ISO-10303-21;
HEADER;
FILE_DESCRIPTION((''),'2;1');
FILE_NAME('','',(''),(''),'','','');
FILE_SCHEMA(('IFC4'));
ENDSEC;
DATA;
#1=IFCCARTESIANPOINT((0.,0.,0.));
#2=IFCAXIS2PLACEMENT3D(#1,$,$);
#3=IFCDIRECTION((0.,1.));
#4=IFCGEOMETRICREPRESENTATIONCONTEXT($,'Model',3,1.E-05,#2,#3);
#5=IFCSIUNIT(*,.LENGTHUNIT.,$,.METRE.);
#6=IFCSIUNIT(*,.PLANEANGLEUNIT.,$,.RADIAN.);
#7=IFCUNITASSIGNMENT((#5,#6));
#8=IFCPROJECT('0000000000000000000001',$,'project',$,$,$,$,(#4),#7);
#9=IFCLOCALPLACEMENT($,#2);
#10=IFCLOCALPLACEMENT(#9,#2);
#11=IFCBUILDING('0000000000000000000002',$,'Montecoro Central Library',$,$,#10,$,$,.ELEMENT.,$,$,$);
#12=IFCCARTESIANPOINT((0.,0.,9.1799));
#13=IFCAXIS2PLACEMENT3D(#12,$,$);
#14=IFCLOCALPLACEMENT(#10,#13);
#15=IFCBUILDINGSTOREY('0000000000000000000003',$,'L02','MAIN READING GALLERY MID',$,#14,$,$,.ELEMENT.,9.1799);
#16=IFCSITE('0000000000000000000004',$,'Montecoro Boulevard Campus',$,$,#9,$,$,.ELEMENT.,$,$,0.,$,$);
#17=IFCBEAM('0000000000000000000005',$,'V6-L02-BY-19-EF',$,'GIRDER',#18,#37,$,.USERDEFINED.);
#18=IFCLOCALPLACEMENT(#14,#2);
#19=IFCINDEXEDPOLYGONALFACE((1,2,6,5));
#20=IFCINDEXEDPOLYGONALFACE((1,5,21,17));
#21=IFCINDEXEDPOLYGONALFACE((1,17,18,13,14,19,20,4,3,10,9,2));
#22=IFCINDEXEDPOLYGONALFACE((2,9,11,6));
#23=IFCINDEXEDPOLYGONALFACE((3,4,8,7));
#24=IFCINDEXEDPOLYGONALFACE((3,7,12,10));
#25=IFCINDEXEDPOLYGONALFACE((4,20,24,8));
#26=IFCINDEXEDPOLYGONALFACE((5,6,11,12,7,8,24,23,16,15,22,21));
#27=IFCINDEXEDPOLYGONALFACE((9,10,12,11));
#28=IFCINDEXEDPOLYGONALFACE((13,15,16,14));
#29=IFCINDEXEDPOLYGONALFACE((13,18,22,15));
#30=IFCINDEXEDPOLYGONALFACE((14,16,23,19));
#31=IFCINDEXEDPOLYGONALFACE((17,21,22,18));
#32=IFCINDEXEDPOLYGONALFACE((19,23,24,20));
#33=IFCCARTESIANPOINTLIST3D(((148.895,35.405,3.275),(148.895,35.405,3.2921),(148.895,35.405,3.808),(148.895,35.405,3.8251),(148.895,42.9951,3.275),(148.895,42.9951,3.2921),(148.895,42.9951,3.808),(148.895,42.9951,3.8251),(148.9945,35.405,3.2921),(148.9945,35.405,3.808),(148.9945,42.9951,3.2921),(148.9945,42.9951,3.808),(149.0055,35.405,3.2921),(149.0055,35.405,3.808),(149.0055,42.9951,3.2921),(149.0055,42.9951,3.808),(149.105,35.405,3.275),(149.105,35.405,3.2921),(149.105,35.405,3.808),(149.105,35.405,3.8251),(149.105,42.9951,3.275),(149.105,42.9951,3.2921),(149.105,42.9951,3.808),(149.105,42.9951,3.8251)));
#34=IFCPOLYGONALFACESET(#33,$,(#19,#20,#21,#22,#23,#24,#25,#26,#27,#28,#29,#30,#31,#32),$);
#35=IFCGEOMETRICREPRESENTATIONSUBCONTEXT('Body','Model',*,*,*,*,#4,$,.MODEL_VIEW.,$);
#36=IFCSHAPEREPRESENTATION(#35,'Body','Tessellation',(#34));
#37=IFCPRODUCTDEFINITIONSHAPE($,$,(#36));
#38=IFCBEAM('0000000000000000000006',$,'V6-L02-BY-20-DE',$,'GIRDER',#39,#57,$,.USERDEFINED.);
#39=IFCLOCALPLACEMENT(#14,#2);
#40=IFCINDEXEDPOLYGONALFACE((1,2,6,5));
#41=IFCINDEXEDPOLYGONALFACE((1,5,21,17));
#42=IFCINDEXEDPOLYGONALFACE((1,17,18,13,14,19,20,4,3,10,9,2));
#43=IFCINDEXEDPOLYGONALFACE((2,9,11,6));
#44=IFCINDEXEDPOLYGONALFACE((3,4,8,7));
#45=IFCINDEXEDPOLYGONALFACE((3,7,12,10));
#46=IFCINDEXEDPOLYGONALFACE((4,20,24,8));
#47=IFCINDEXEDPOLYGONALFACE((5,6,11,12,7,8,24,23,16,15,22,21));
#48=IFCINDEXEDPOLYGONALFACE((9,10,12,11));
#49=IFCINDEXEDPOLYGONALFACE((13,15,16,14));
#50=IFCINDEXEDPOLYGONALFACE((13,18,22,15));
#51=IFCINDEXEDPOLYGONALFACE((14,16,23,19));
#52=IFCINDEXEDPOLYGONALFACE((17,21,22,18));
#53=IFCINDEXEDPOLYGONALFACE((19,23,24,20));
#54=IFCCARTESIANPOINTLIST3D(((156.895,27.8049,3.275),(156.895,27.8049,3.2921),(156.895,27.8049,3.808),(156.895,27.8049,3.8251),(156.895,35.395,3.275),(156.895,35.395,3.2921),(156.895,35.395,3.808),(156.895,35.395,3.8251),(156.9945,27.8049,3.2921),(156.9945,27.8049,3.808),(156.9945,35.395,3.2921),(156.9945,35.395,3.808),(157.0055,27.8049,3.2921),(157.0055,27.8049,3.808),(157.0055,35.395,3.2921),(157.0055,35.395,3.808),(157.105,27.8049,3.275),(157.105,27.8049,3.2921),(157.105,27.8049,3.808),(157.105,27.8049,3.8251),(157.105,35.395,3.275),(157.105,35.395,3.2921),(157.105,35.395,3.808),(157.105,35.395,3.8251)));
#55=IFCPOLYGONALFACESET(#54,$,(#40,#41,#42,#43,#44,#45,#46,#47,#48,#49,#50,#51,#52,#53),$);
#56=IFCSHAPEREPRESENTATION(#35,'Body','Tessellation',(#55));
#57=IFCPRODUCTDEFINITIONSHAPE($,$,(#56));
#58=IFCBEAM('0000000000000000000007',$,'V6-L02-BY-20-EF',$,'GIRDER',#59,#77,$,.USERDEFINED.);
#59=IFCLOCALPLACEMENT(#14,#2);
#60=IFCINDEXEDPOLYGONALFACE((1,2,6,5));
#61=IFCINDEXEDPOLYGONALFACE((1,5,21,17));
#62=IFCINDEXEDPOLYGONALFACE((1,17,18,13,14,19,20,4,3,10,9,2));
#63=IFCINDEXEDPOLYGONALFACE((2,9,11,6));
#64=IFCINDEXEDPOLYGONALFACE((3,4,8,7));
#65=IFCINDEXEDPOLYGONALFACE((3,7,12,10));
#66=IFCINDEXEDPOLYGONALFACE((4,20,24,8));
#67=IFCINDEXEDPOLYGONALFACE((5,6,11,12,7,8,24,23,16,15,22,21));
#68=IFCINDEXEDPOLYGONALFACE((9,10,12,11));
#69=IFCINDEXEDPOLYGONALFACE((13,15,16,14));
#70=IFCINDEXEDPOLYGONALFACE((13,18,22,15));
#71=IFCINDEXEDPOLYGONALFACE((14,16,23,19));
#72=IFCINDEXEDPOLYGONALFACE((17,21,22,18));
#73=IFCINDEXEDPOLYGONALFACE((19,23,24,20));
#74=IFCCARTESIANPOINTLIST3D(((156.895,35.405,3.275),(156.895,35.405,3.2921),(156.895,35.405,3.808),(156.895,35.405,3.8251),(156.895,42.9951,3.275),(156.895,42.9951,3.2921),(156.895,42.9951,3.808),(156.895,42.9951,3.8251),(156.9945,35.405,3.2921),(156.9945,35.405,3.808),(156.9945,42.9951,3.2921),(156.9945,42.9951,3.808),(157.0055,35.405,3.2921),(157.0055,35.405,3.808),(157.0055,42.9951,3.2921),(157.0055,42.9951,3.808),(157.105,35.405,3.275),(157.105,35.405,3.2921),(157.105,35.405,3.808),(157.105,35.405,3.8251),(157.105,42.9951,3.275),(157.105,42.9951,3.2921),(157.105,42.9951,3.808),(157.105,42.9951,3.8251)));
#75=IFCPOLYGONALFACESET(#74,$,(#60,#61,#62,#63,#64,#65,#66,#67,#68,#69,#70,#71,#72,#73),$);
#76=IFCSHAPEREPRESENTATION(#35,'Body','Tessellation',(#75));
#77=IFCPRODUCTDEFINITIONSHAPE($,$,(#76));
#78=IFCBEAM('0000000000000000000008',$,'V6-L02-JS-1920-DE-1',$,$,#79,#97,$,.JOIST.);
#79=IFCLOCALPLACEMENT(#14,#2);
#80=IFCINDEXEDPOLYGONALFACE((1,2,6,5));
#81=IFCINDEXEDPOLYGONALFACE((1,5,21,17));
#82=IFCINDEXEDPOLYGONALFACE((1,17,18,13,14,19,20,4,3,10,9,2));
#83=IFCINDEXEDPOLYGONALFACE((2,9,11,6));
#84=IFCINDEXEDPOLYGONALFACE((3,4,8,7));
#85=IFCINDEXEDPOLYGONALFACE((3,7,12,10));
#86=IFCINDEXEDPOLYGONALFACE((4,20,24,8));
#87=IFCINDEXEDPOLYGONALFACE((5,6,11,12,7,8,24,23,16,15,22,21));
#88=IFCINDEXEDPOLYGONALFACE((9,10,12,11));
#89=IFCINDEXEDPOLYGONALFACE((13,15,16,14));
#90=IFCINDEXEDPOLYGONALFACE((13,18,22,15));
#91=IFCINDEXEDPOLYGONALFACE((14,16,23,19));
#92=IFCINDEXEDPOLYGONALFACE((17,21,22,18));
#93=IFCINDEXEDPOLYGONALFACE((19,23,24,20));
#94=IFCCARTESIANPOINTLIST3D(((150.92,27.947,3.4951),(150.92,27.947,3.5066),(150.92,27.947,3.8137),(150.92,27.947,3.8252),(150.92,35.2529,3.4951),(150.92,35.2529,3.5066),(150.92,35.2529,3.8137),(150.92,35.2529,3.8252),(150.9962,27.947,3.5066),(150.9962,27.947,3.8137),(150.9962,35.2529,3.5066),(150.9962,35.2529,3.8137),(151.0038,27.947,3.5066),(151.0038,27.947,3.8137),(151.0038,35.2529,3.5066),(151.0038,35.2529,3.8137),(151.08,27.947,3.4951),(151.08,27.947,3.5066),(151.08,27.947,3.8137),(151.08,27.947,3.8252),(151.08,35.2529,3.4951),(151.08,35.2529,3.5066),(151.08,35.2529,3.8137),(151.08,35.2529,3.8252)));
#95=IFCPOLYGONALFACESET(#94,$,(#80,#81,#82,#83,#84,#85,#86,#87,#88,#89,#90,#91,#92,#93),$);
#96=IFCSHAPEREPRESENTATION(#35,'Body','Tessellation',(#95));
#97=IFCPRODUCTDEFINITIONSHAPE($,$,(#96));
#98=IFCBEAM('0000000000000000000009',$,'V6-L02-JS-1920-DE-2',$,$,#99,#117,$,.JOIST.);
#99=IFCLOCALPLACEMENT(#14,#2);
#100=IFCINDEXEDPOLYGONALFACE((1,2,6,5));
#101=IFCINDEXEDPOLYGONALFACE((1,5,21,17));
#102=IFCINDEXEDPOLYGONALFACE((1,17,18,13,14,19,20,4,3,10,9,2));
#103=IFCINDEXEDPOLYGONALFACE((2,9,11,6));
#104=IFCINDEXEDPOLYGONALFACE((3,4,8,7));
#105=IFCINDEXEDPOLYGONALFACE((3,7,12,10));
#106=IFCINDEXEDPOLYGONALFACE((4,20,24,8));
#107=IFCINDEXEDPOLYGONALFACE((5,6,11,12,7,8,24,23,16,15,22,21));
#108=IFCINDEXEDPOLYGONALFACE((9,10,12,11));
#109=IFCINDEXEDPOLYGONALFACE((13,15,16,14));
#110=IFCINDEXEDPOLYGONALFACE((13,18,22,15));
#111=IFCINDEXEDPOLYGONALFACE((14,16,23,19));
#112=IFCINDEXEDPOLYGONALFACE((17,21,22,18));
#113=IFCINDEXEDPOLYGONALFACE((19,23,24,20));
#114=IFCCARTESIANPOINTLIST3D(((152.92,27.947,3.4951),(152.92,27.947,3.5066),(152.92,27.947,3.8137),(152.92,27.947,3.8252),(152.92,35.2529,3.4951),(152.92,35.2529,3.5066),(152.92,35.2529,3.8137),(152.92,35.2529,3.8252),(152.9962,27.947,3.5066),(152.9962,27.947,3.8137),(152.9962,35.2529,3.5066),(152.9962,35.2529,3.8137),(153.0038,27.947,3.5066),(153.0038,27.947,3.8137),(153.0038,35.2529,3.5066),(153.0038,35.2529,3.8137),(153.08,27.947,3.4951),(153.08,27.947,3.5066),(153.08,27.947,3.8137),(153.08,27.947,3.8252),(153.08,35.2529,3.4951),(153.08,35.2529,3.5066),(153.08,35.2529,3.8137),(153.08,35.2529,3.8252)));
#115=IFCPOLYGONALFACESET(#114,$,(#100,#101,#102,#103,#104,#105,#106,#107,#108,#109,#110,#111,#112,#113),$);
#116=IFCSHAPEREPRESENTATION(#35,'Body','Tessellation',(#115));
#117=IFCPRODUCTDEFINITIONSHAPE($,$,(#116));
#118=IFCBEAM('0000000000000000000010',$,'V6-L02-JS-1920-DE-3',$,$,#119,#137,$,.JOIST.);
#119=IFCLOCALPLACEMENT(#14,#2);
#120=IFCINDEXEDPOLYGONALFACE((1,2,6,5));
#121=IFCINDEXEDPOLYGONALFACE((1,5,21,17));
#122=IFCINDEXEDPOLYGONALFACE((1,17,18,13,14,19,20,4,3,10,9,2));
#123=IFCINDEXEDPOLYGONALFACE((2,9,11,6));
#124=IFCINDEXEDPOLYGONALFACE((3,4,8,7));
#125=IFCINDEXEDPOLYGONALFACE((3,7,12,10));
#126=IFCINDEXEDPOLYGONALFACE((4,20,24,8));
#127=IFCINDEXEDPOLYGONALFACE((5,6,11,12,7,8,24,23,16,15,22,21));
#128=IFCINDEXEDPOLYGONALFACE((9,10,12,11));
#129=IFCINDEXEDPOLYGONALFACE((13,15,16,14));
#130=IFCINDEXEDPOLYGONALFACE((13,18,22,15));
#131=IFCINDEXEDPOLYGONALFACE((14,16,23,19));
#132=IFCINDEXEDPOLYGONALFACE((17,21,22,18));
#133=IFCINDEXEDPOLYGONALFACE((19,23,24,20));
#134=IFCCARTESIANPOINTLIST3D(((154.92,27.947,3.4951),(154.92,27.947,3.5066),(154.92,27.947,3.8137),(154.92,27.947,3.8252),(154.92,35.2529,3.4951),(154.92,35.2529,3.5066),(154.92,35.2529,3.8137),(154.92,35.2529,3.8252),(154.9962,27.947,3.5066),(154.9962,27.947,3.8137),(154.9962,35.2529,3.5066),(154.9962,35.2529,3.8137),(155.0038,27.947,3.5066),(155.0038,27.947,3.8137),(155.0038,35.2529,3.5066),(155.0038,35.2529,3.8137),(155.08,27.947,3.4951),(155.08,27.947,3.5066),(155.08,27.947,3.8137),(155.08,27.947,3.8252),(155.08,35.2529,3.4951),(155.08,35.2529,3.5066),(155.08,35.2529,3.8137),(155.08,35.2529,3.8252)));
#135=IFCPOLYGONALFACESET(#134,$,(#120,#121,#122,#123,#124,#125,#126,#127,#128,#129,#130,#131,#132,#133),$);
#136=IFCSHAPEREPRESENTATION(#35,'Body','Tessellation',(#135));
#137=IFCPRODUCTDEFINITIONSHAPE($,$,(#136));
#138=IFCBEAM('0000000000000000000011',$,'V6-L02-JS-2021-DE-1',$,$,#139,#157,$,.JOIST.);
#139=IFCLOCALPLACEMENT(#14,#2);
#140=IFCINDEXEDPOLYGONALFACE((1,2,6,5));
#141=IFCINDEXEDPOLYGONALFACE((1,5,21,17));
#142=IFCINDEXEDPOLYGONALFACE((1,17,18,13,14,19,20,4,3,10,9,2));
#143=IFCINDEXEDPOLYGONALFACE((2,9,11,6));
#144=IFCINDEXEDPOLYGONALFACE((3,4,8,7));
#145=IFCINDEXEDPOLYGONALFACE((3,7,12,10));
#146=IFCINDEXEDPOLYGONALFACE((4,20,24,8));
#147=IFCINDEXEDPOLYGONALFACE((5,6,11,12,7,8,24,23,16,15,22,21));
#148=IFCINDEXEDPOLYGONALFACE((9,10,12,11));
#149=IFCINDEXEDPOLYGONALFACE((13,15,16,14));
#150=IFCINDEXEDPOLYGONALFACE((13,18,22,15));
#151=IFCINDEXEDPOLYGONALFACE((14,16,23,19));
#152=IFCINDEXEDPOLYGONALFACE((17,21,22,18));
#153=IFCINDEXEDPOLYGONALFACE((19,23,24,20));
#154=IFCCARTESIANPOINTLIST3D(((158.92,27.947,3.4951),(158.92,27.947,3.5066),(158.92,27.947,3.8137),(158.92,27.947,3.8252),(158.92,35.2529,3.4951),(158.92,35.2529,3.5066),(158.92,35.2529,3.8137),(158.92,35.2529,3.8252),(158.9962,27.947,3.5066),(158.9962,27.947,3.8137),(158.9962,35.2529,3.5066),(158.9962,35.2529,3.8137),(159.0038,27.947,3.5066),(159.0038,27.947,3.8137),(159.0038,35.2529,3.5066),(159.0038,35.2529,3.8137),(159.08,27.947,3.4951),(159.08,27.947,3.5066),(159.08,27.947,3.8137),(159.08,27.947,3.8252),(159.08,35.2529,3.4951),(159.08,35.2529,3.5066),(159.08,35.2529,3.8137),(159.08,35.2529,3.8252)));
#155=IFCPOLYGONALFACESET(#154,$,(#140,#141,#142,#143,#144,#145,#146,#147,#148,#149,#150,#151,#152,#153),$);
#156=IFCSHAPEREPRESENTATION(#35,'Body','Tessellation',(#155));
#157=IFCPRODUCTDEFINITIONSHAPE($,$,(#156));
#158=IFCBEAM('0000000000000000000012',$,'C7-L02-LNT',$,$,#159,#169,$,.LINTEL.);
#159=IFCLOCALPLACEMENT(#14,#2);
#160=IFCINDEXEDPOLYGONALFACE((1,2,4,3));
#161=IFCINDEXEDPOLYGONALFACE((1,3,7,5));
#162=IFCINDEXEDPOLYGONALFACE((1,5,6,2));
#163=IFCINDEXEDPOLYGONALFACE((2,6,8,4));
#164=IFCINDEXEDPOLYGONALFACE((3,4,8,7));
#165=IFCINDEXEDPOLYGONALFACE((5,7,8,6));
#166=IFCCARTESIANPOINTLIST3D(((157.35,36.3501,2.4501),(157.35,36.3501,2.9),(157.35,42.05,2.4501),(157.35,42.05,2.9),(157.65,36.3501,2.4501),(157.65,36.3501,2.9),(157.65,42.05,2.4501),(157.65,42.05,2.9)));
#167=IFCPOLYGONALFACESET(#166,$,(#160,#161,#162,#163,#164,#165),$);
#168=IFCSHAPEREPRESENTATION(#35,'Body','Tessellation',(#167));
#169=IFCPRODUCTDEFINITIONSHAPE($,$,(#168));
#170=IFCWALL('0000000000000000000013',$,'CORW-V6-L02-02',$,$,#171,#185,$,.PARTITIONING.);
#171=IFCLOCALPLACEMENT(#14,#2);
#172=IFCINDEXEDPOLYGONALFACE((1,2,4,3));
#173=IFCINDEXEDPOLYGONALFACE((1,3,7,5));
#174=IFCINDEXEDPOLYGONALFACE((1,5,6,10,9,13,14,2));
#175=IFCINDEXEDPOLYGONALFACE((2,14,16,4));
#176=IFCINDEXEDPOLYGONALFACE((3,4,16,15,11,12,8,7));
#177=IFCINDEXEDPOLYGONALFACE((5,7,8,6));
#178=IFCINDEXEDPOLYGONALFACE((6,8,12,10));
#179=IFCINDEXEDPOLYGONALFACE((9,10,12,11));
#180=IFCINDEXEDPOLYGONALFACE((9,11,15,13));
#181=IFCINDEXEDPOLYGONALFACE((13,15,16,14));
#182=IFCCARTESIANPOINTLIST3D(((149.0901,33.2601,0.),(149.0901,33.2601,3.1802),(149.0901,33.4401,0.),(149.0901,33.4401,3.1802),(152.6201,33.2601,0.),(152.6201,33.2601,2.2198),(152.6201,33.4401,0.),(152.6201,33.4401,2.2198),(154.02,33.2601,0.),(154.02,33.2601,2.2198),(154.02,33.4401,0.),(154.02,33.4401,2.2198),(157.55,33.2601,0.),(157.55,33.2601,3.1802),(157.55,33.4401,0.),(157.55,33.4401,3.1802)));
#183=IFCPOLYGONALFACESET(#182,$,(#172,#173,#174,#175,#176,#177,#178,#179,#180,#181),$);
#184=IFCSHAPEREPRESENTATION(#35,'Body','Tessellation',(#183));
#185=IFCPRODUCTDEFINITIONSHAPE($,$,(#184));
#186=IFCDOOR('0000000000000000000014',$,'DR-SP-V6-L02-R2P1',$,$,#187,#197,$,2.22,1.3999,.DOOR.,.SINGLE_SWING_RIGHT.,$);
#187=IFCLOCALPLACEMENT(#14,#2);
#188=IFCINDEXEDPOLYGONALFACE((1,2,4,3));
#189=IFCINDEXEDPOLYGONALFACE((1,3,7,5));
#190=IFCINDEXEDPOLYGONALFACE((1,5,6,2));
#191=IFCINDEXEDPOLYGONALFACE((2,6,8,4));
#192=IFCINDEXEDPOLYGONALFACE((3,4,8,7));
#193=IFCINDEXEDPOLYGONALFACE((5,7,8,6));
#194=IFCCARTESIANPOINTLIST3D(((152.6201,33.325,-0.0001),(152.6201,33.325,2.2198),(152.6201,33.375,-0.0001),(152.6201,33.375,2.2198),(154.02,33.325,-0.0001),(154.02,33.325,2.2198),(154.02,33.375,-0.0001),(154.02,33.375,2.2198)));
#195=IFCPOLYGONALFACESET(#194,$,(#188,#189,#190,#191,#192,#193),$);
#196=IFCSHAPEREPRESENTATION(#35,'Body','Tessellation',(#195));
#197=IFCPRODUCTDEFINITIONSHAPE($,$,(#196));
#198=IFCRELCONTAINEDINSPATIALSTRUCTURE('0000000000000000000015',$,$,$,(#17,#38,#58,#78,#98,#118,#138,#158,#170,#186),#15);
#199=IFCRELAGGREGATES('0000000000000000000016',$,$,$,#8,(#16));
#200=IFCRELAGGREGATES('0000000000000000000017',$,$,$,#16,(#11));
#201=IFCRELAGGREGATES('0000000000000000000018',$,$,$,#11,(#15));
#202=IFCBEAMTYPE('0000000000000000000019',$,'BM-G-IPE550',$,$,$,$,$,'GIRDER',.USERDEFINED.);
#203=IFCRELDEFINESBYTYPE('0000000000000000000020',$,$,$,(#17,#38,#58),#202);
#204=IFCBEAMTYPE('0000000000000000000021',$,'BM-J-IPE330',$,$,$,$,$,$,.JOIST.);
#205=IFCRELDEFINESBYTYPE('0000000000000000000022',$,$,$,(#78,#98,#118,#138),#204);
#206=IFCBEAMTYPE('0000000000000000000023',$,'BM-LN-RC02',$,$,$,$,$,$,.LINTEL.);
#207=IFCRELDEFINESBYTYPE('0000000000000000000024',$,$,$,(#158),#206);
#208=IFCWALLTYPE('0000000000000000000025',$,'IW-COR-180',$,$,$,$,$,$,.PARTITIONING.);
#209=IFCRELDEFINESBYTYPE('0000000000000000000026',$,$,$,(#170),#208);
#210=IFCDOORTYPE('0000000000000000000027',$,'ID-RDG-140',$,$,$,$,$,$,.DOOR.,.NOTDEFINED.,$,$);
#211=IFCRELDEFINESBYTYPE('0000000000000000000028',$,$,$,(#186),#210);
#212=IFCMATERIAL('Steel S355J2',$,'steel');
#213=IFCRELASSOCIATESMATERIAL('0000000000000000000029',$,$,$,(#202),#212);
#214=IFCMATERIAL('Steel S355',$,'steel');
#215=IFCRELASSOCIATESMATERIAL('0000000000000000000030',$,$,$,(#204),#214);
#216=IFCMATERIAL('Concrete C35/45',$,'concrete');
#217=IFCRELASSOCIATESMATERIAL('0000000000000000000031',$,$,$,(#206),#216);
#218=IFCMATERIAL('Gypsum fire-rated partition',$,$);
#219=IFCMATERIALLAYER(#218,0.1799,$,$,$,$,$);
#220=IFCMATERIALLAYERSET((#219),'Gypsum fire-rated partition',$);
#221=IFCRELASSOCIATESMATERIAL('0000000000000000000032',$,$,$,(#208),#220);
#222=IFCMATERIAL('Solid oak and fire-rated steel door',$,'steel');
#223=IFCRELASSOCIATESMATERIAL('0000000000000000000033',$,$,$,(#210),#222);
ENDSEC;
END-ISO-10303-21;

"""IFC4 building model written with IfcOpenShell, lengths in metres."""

from ifc_helpers import new_model, si_unit, direction, frame, frame_2d, origin, origin_2d, place, context, subcontext, project, spatial, rectangle, i_section, extrude, material, layer, layer_set, material_profile, profile_set, type_object, element, fill, save


model = new_model("IFC4")

# Units and contexts
model_context = context("Model", 3, precision=1e-05, world=origin(), true_north=direction((0.0, 1.0)))
body_context = subcontext(model_context, "Body", "Model", "MODEL_VIEW")
ifc_project = project(units=[si_unit("LENGTHUNIT", "METRE"), si_unit("PLANEANGLEUNIT", "RADIAN")], contexts=[model_context])

# Site, building, storey
site_placement = place(None, origin())
site = spatial("IfcSite", under=ifc_project, at=site_placement, Name="Montecoro Boulevard Campus", CompositionType="ELEMENT", RefElevation=0.0)
building_placement = place(site_placement, origin())
building = spatial("IfcBuilding", under=site, at=building_placement, Name="Montecoro Central Library", CompositionType="ELEMENT")
storey_placement = place(building_placement, frame((0.0, 0.0, 9.1799)))
storey = spatial("IfcBuildingStorey", under=building, at=storey_placement, Name="L02", Description="MAIN READING GALLERY MID", CompositionType="ELEMENT", Elevation=9.1799)

# Shared definitions
ifc_material_1 = material(Name="Steel S355", Category="steel")

# Beams
ifc_material_2 = material(Name="Steel S355J2", Category="steel")
ifc_material_profile_1 = material_profile(ifc_material_2, i_section(OverallWidth=0.21, OverallDepth=0.55, WebThickness=0.011, FlangeThickness=0.0171, at=origin_2d()), Name="IPE 550")
ifc_profile_set_1 = profile_set([ifc_material_profile_1], Name="Steel S355J2")
beam_type_1 = type_object("IfcBeamType", Name="BM-G-IPE550", ElementType="GIRDER", PredefinedType="USERDEFINED", material=ifc_profile_set_1)
for number, where, z_axis, x_axis, name in (
    (1, (149.0, 35.405, 3.55), (0.0, 1.0, 0.0), (-1.0, 0.0, 0.0), "V6-L02-BY-19-EF"),
    (2, (157.0, 27.8049, 3.55), (0.0, 1.0, 0.0), (-1.0, 0.0, 0.0), "V6-L02-BY-20-DE"),
    (3, (157.0, 35.405, 3.55), (0.0, 1.0, 0.0), (-1.0, 0.0, 0.0), "V6-L02-BY-20-EF"),
):
    element("IfcBeam", number, at=place(storey_placement, frame(where, z_axis=z_axis, x_axis=x_axis)), inside=storey, type_object=beam_type_1, Name=name, ObjectType="GIRDER", PredefinedType="USERDEFINED", context=body_context, shape_type="SweptSolid", body=[
        extrude(i_section(OverallWidth=0.21, OverallDepth=0.55, WebThickness=0.011, FlangeThickness=0.0171, at=origin_2d()), origin(), (0.0, 0.0, 1.0), 7.5901),
    ])
ifc_material_profile_2 = material_profile(ifc_material_1, i_section(OverallWidth=0.1599, OverallDepth=0.3301, WebThickness=0.0076, FlangeThickness=0.0115, at=origin_2d()), Name="IPE 330")
ifc_profile_set_2 = profile_set([ifc_material_profile_2], Name="Steel S355")
beam_type_2 = type_object("IfcBeamType", Name="BM-J-IPE330", PredefinedType="JOIST", material=ifc_profile_set_2)
for number, where, z_axis, x_axis, name in (
    (4, (151.0, 27.947, 3.6602), (0.0, 1.0, 0.0), (-1.0, 0.0, 0.0), "V6-L02-JS-1920-DE-1"),
    (5, (153.0, 27.947, 3.6602), (0.0, 1.0, 0.0), (-1.0, 0.0, 0.0), "V6-L02-JS-1920-DE-2"),
    (6, (155.0, 27.947, 3.6602), (0.0, 1.0, 0.0), (-1.0, 0.0, 0.0), "V6-L02-JS-1920-DE-3"),
    (7, (159.0, 27.947, 3.6602), (0.0, 1.0, 0.0), (-1.0, 0.0, 0.0), "V6-L02-JS-2021-DE-1"),
):
    element("IfcBeam", number, at=place(storey_placement, frame(where, z_axis=z_axis, x_axis=x_axis)), inside=storey, type_object=beam_type_2, Name=name, PredefinedType="JOIST", context=body_context, shape_type="SweptSolid", body=[
        extrude(i_section(OverallWidth=0.1599, OverallDepth=0.3301, WebThickness=0.0076, FlangeThickness=0.0115, at=origin_2d()), origin(), (0.0, 0.0, 1.0), 7.3059),
    ])
ifc_material_3 = material(Name="Concrete C35/45", Category="concrete")
ifc_material_profile_3 = material_profile(ifc_material_3, rectangle(XDim=0.3, YDim=0.45, at=origin_2d()), Name="RC LNT 450x300")
ifc_profile_set_3 = profile_set([ifc_material_profile_3], Name="Concrete C35/45")
beam_type_3 = type_object("IfcBeamType", Name="BM-LN-RC02", PredefinedType="LINTEL", material=ifc_profile_set_3)
beam_placement = place(storey_placement, frame((157.5, 36.3501, 2.675), z_axis=(0.0, 1.0, 0.0), x_axis=(-1.0, 0.0, 0.0)))
element("IfcBeam", 8, at=beam_placement, inside=storey, type_object=beam_type_3, Name="C7-L02-LNT", PredefinedType="LINTEL", context=body_context, shape_type="SweptSolid", body=[
    extrude(rectangle(XDim=0.3, YDim=0.45, at=origin_2d()), origin(), (0.0, 0.0, 1.0), 5.7),
])

# Wall, opening, door
ifc_material_4 = material(Name="Gypsum fire-rated partition")
ifc_layer_1 = layer(ifc_material_4, 0.1799)
ifc_layer_set_1 = layer_set([ifc_layer_1], Name="Gypsum fire-rated partition")
wall_type_1 = type_object("IfcWallType", Name="IW-COR-180", PredefinedType="PARTITIONING", material=ifc_layer_set_1)
wall_1_placement = place(storey_placement, frame((149.0901, 33.3501, 0.0), z_axis=(0.0, 0.0, 1.0), x_axis=(1.0, 0.0, 0.0)))
wall_1 = element("IfcWall", 9, at=wall_1_placement, inside=storey, type_object=wall_type_1, Name="CORW-V6-L02-02", PredefinedType="PARTITIONING", context=body_context, shape_type="SweptSolid", body=[
    extrude(rectangle(XDim=8.46, YDim=0.1799, at=frame_2d((4.23, 0.0))), origin(), (0.0, 0.0, 1.0), 3.1802),
])
opening_1_placement = place(wall_1_placement, frame((3.53, 0.0, 0.0)))
opening_1 = element("IfcOpeningElement", 10, at=opening_1_placement, cuts=wall_1, PredefinedType="OPENING", context=body_context, shape_type="SweptSolid", body=[
    extrude(rectangle(XDim=1.3999, YDim=2.22, at=frame_2d((0.7, 1.1099))), frame((0.0, 0.0999, 0.0), z_axis=(0.0, -1.0, 0.0), x_axis=(1.0, 0.0, 0.0)), (0.0, 0.0, 1.0), 0.2),
])
ifc_material_5 = material(Name="Solid oak and fire-rated steel door", Category="steel")
door_type_1 = type_object("IfcDoorType", Name="ID-RDG-140", OperationType="NOTDEFINED", PredefinedType="DOOR", material=ifc_material_5)
door_1_placement = place(opening_1_placement, origin())
door_1 = element("IfcDoor", 11, at=door_1_placement, inside=storey, type_object=door_type_1, Name="DR-SP-V6-L02-R2P1", OperationType="SINGLE_SWING_RIGHT", OverallHeight=2.22, OverallWidth=1.3999, PredefinedType="DOOR", context=body_context, shape_type="SweptSolid", body=[
    extrude(rectangle(XDim=1.3999, YDim=2.22, at=frame_2d((0.7, 1.1099))), frame((0.0, 0.0249, 0.0), z_axis=(0.0, -1.0, 0.0), x_axis=(1.0, 0.0, 0.0)), (0.0, 0.0, 1.0), 0.05),
])
fill(opening_1, door_1)

save(model, "model.ifc")
